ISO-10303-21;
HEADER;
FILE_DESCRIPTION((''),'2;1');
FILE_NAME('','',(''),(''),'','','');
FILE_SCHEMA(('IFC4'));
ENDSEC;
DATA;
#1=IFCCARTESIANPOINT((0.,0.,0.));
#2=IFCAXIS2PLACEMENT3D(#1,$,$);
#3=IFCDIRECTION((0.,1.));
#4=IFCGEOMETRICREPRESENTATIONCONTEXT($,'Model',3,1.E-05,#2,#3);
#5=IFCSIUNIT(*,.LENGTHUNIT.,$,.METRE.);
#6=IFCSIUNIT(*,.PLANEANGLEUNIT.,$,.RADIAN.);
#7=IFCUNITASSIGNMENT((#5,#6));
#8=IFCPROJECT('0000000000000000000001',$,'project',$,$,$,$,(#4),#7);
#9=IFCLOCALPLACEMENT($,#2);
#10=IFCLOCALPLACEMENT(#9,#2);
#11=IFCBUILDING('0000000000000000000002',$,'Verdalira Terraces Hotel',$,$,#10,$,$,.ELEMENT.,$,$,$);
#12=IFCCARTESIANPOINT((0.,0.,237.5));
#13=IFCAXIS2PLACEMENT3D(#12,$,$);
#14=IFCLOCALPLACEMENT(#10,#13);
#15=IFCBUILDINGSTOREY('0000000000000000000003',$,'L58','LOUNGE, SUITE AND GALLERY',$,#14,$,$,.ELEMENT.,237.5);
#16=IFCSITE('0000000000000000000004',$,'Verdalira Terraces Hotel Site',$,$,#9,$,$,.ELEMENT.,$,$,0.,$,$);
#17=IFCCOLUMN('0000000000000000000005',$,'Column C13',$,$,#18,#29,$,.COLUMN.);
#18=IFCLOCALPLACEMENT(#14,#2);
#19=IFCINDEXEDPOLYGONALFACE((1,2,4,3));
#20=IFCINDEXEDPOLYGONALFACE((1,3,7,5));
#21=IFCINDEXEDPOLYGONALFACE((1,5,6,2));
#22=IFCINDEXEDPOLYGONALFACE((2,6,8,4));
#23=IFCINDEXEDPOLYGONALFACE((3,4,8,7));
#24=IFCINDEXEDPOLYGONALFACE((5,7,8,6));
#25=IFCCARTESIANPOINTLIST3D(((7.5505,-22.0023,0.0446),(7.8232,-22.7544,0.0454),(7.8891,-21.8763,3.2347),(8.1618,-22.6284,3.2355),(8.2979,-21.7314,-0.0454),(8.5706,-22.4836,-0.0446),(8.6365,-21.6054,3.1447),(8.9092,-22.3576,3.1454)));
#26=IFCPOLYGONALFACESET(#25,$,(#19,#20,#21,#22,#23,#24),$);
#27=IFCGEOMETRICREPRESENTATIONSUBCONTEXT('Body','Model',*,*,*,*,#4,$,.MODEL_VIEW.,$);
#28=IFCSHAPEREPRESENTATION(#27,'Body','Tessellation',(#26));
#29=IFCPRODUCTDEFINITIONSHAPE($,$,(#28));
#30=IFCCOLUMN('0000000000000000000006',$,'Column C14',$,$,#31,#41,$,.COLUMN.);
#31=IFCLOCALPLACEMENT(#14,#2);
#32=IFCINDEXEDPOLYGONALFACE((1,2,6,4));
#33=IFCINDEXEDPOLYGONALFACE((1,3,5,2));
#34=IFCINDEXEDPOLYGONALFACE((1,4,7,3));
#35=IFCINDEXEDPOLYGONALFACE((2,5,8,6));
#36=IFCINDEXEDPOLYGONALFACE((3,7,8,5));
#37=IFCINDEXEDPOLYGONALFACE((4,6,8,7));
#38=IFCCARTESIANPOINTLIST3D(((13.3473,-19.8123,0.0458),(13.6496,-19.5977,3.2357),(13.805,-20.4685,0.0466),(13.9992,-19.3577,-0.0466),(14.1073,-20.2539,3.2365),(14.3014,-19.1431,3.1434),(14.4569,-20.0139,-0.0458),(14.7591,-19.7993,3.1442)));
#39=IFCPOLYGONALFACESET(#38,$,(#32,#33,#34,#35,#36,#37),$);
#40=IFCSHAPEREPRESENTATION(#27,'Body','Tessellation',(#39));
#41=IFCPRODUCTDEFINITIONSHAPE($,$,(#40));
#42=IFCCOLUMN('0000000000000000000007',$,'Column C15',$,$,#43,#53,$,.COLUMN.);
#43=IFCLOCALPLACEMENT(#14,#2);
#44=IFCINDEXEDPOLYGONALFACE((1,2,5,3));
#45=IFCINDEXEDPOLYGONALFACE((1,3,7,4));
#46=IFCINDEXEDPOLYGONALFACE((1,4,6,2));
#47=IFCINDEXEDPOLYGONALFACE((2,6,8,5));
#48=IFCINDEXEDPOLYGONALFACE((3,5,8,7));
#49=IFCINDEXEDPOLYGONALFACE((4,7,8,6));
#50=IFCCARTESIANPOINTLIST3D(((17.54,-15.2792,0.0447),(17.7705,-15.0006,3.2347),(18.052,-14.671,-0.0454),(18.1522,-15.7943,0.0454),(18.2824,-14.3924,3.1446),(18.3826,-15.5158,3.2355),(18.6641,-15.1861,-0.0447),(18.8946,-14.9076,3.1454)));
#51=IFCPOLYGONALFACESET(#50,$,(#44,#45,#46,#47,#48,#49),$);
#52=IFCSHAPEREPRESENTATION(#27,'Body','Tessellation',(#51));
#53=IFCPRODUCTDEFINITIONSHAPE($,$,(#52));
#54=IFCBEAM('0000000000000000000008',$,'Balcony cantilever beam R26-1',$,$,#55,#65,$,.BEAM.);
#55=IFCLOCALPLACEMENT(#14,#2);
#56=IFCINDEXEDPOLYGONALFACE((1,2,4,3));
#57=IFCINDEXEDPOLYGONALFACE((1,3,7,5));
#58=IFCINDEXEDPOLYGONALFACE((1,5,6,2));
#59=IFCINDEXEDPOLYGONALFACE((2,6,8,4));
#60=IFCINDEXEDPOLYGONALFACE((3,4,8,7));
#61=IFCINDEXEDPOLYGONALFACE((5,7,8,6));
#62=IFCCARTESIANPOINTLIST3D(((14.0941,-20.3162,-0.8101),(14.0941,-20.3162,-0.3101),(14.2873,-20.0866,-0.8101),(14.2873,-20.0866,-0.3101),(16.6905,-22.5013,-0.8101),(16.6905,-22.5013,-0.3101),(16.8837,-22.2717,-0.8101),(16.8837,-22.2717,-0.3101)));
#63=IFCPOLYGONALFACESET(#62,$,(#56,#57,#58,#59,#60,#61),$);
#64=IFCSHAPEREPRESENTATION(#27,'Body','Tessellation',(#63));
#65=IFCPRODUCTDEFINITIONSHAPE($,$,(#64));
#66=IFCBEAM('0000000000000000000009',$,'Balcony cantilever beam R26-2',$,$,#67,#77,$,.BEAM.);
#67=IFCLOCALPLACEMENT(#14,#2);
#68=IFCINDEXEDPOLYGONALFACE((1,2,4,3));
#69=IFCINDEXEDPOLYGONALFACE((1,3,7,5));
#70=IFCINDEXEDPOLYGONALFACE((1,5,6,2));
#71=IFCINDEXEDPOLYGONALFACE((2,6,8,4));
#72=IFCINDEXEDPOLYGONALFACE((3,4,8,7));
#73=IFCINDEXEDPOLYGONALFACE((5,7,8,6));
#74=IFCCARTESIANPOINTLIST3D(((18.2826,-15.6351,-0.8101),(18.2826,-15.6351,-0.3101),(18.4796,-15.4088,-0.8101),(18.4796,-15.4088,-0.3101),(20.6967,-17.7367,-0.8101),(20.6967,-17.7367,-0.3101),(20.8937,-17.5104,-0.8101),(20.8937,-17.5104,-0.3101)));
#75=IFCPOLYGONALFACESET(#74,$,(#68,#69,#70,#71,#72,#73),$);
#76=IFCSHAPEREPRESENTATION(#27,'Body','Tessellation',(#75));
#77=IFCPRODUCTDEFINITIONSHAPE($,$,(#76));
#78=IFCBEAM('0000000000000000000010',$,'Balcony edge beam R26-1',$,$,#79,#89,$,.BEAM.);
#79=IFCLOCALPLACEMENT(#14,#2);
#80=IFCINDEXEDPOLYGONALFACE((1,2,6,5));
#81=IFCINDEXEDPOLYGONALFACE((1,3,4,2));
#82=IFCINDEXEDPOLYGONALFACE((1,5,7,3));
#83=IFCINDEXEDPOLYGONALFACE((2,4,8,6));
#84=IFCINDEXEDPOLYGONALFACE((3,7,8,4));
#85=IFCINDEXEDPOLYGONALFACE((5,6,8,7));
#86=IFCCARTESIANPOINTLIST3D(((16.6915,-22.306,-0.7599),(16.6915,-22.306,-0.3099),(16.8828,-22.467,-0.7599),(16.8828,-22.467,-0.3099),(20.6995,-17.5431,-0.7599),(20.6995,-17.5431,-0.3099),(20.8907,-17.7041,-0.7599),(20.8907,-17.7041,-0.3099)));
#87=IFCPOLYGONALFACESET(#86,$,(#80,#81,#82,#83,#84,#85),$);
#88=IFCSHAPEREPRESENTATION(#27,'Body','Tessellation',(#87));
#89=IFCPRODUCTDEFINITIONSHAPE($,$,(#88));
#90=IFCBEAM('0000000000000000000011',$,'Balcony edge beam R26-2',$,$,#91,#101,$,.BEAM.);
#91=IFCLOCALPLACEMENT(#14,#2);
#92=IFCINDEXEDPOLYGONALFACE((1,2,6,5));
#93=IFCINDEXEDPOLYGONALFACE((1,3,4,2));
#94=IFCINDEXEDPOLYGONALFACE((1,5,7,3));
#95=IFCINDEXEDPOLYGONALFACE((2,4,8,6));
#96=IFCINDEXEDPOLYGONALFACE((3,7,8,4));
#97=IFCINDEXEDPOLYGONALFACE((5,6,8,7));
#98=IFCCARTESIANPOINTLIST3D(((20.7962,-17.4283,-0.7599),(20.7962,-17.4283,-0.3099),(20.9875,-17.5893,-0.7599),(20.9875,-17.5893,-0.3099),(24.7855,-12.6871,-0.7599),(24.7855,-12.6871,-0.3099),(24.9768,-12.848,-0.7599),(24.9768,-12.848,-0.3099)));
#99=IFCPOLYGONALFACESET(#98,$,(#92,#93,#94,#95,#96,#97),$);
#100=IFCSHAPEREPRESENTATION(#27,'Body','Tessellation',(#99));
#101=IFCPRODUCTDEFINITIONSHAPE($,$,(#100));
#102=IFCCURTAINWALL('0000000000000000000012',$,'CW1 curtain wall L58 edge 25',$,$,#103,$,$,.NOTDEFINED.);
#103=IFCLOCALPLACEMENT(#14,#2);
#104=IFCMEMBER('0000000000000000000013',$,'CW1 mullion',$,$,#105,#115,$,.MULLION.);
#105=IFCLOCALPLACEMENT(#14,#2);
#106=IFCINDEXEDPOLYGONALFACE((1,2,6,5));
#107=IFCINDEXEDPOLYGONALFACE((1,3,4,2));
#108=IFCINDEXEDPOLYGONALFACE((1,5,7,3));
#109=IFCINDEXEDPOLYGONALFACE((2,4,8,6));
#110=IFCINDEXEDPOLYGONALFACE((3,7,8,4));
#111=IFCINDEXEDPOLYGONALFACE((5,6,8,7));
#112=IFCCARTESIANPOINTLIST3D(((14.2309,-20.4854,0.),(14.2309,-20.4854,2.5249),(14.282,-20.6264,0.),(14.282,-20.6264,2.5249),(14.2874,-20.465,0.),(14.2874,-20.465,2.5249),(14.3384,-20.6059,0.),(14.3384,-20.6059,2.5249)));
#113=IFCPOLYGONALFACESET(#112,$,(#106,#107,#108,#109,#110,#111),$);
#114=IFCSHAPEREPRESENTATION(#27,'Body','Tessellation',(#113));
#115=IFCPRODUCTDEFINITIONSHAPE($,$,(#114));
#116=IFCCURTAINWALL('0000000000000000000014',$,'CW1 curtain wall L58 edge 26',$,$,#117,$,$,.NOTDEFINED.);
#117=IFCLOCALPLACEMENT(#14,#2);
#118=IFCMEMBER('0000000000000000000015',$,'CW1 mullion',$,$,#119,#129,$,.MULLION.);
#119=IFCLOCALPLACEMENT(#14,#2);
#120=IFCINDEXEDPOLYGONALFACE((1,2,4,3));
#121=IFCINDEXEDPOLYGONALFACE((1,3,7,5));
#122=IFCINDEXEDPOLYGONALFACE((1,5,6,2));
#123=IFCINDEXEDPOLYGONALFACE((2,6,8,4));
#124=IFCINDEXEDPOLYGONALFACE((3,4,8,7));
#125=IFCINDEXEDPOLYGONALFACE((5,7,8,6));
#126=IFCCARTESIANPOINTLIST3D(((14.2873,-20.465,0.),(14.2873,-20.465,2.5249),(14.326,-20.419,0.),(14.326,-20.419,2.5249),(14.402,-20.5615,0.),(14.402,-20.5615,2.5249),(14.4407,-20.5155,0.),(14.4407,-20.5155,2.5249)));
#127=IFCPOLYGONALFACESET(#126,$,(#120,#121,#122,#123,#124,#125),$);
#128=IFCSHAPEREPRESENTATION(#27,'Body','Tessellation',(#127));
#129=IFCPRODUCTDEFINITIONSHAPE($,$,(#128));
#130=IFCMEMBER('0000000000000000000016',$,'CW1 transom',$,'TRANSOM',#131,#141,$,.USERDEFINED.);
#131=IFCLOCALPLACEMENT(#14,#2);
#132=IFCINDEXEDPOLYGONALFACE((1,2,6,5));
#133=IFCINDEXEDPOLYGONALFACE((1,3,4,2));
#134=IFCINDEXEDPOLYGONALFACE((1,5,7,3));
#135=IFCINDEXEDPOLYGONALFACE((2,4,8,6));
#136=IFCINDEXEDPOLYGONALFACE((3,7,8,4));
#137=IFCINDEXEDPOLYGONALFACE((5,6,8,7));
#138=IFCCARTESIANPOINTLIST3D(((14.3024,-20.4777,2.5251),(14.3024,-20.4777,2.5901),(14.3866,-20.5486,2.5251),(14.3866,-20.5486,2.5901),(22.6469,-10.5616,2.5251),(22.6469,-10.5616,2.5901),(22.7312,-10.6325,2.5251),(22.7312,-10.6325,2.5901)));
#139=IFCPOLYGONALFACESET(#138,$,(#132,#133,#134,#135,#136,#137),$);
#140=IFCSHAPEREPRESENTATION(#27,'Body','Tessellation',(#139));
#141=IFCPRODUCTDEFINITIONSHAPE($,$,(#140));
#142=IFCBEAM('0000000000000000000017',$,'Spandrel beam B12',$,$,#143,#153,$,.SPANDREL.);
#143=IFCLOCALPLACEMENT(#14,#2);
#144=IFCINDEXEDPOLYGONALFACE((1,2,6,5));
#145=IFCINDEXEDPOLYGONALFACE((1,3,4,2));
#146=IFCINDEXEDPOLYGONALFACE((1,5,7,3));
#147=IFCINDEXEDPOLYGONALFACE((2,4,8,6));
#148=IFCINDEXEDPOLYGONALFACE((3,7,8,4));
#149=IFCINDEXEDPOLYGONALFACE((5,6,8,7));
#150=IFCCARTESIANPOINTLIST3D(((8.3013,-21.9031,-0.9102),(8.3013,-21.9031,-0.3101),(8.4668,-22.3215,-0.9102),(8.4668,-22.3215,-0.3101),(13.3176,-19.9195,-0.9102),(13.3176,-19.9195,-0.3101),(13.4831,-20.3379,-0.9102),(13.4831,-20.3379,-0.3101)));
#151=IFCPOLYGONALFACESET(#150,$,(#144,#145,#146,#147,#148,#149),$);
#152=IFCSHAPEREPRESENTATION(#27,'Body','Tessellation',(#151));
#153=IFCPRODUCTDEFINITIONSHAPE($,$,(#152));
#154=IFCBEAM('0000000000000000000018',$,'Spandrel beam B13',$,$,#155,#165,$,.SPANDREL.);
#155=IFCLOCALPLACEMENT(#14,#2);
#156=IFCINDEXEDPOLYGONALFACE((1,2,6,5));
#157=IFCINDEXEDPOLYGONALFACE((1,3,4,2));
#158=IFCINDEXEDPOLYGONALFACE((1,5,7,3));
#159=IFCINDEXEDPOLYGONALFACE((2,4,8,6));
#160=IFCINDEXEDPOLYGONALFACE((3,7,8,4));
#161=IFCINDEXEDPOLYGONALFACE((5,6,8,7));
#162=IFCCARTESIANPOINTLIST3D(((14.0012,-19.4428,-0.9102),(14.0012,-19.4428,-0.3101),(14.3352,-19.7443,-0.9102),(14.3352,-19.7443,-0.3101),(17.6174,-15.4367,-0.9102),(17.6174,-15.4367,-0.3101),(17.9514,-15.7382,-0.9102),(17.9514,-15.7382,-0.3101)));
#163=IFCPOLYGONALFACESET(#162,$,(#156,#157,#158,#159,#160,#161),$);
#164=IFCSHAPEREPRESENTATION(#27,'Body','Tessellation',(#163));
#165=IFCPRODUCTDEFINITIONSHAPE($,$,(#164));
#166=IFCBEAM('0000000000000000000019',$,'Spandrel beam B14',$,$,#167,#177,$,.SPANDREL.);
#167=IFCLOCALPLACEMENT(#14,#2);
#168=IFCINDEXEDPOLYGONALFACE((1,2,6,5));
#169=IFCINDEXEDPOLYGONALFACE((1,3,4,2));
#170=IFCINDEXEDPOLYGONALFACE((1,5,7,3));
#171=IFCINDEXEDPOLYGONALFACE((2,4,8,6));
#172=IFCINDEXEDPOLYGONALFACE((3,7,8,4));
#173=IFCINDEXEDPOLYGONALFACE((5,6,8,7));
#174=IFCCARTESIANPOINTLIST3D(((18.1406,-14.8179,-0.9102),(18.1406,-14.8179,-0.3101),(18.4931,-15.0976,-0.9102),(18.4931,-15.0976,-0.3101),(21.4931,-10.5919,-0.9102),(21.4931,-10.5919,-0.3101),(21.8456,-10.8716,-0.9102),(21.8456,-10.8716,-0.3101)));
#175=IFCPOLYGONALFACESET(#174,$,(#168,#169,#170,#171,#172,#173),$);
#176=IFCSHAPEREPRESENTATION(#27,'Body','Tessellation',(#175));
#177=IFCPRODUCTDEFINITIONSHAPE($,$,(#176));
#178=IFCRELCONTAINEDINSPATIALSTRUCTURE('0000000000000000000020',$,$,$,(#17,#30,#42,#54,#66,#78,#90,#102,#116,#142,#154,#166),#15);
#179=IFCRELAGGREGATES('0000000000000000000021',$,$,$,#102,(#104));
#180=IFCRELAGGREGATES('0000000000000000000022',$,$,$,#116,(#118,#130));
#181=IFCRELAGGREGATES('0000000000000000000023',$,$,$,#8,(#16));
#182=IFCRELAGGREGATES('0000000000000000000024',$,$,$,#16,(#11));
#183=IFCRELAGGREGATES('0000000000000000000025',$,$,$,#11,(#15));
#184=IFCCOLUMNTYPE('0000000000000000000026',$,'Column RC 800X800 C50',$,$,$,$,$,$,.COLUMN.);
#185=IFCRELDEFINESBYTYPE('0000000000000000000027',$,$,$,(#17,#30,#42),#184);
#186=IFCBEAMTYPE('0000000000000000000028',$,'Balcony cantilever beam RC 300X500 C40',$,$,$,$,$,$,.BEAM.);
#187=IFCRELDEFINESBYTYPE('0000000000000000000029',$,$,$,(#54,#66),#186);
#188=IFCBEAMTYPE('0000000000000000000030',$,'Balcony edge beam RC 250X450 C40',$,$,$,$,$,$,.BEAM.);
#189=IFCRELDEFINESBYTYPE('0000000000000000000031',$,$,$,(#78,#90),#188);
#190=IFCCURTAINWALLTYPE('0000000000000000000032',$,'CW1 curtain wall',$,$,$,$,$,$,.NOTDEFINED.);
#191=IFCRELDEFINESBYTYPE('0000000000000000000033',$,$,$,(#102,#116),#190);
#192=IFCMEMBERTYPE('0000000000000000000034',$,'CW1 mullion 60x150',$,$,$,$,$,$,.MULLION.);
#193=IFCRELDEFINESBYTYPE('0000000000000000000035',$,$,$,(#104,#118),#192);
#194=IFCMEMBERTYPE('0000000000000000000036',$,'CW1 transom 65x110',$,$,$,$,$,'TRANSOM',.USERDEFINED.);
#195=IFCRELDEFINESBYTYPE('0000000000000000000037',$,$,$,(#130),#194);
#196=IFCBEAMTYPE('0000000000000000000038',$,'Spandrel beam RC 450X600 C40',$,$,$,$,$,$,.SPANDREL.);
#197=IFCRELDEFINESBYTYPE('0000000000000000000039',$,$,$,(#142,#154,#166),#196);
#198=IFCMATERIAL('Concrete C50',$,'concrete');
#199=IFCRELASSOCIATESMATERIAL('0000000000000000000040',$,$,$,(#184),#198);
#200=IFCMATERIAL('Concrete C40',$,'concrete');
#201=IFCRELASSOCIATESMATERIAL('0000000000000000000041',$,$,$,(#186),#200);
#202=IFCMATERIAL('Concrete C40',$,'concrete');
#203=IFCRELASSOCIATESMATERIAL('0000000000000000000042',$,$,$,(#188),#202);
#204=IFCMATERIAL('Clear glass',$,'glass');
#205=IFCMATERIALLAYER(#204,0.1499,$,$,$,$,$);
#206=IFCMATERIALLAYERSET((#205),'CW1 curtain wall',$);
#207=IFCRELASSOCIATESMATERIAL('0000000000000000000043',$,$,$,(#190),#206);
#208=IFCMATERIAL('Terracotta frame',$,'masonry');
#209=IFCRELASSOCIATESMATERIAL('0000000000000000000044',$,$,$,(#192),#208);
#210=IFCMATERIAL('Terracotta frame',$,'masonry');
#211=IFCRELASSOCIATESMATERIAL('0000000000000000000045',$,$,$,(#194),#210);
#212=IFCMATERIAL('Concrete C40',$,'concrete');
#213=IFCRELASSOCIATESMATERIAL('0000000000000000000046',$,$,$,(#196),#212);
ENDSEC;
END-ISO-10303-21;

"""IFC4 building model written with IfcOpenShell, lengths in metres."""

from ifc_helpers import new_model, si_unit, direction, frame, origin, origin_2d, place, context, subcontext, project, spatial, rectangle, extrude, material, layer, layer_set, material_profile, profile_set, type_object, element, aggregate, save


model = new_model("IFC4")

# Units and contexts
model_context = context("Model", 3, precision=1e-05, world=origin(), true_north=direction((0.0, 1.0)))
body_context = subcontext(model_context, "Body", "Model", "MODEL_VIEW")
ifc_project = project(units=[si_unit("LENGTHUNIT", "METRE"), si_unit("PLANEANGLEUNIT", "RADIAN")], contexts=[model_context])

# Site, building, storey
site_placement = place(None, origin())
site = spatial("IfcSite", under=ifc_project, at=site_placement, Name="Verdalira Terraces Hotel Site", CompositionType="ELEMENT", RefElevation=0.0)
building_placement = place(site_placement, origin())
building = spatial("IfcBuilding", under=site, at=building_placement, Name="Verdalira Terraces Hotel", CompositionType="ELEMENT")
storey_placement = place(building_placement, frame((0.0, 0.0, 237.5)))
storey = spatial("IfcBuildingStorey", under=building, at=storey_placement, Name="L58", Description="LOUNGE, SUITE AND GALLERY", CompositionType="ELEMENT", Elevation=237.5)

# Columns
ifc_material_1 = material(Name="Concrete C50", Category="concrete")
ifc_material_profile_1 = material_profile(ifc_material_1, rectangle(XDim=0.8, YDim=0.8, at=origin_2d()), Name="RC 800X800")
ifc_profile_set_1 = profile_set([ifc_material_profile_1], Name="Concrete C50")
column_type = type_object("IfcColumnType", Name="Column RC 800X800 C50", PredefinedType="COLUMN", material=ifc_profile_set_1)
column_1_placement = place(storey_placement, frame((8.0605, -22.2429, 0.0), z_axis=(0.105479, 0.039241, 0.993647), x_axis=(0.934195, 0.338549, -0.112538)))
element("IfcColumn", 1, at=column_1_placement, inside=storey, type_object=column_type, Name="Column C13", PredefinedType="COLUMN", context=body_context, shape_type="SweptSolid", body=[
    extrude(rectangle(XDim=0.8, YDim=0.8, at=origin_2d()), origin(), (0.0, 0.0, 1.0), 3.2104),
])
column_2_placement = place(storey_placement, frame((13.9021, -19.9131, 0.0), z_axis=(0.094116, 0.066824, 0.993316), x_axis=(-0.81478, -0.568164, 0.115423)))
element("IfcColumn", 2, at=column_2_placement, inside=storey, type_object=column_type, Name="Column C14", PredefinedType="COLUMN", context=body_context, shape_type="SweptSolid", body=[
    extrude(rectangle(XDim=0.8, YDim=0.8, at=origin_2d()), origin(), (0.0, 0.0, 1.0), 3.2114),
])
column_3_placement = place(storey_placement, frame((18.1021, -15.2327, 0.0), z_axis=(0.071789, 0.08677, 0.993638), x_axis=(0.639876, 0.760182, -0.112614)))
element("IfcColumn", 3, at=column_3_placement, inside=storey, type_object=column_type, Name="Column C15", PredefinedType="COLUMN", context=body_context, shape_type="SweptSolid", body=[
    extrude(rectangle(XDim=0.8, YDim=0.8, at=origin_2d()), origin(), (0.0, 0.0, 1.0), 3.2104),
])

# Beams
ifc_material_2 = material(Name="Concrete C40", Category="concrete")
ifc_material_profile_2 = material_profile(ifc_material_2, rectangle(XDim=0.3, YDim=0.5, at=origin_2d()), Name="RC 300X500")
ifc_profile_set_2 = profile_set([ifc_material_profile_2], Name="Concrete C40")
beam_type_1 = type_object("IfcBeamType", Name="Balcony cantilever beam RC 300X500 C40", PredefinedType="BEAM", material=ifc_profile_set_2)
beam_1_placement = place(storey_placement, frame((14.1907, -20.2014, -0.5601), z_axis=(0.765116, -0.643892, 0.0), x_axis=(0.643892, 0.765116, 0.0)))
element("IfcBeam", 4, at=beam_1_placement, inside=storey, type_object=beam_type_1, Name="Balcony cantilever beam R26-1", PredefinedType="BEAM", context=body_context, shape_type="SweptSolid", body=[
    extrude(rectangle(XDim=0.3, YDim=0.5, at=origin_2d()), origin(), (0.0, 0.0, 1.0), 3.3936),
])
beam_2_placement = place(storey_placement, frame((18.3811, -15.522, -0.5601), z_axis=(0.754238, -0.656602, 0.0), x_axis=(0.656602, 0.754238, 0.0)))
element("IfcBeam", 5, at=beam_2_placement, inside=storey, type_object=beam_type_1, Name="Balcony cantilever beam R26-2", PredefinedType="BEAM", context=body_context, shape_type="SweptSolid", body=[
    extrude(rectangle(XDim=0.3, YDim=0.5, at=origin_2d()), origin(), (0.0, 0.0, 1.0), 3.2007),
])
ifc_material_3 = material(Name="Concrete C40", Category="concrete")
ifc_material_profile_3 = material_profile(ifc_material_3, rectangle(XDim=0.25, YDim=0.45, at=origin_2d()), Name="RC 250X450")
ifc_profile_set_3 = profile_set([ifc_material_profile_3], Name="Concrete C40")
beam_type_2 = type_object("IfcBeamType", Name="Balcony edge beam RC 250X450 C40", PredefinedType="BEAM", material=ifc_profile_set_3)
beam_3_placement = place(storey_placement, frame((16.7871, -22.3865, -0.5349), z_axis=(0.643869, 0.765136, 0.0), x_axis=(-0.765136, 0.643869, 0.0)))
element("IfcBeam", 6, at=beam_3_placement, inside=storey, type_object=beam_type_2, Name="Balcony edge beam R26-1", PredefinedType="BEAM", context=body_context, shape_type="SweptSolid", body=[
    extrude(rectangle(XDim=0.25, YDim=0.45, at=origin_2d()), origin(), (0.0, 0.0, 1.0), 6.2249),
])
beam_4_placement = place(storey_placement, frame((20.8918, -17.5088, -0.5349), z_axis=(0.64382, 0.765177, 0.0), x_axis=(-0.765177, 0.64382, 0.0)))
element("IfcBeam", 7, at=beam_4_placement, inside=storey, type_object=beam_type_2, Name="Balcony edge beam R26-2", PredefinedType="BEAM", context=body_context, shape_type="SweptSolid", body=[
    extrude(rectangle(XDim=0.25, YDim=0.45, at=origin_2d()), origin(), (0.0, 0.0, 1.0), 6.1963),
])

# Curtain wall, member
ifc_material_4 = material(Name="Clear glass", Category="glass")
ifc_layer_1 = layer(ifc_material_4, 0.1499)
ifc_layer_set_1 = layer_set([ifc_layer_1], Name="CW1 curtain wall")
curtain_wall_type = type_object("IfcCurtainWallType", Name="CW1 curtain wall", PredefinedType="NOTDEFINED", material=ifc_layer_set_1)
curtain_wall_1_placement = place(storey_placement, origin())
curtain_wall_1 = element("IfcCurtainWall", 8, at=curtain_wall_1_placement, inside=storey, type_object=curtain_wall_type, Name="CW1 curtain wall L58 edge 25", PredefinedType="NOTDEFINED")
ifc_material_5 = material(Name="Terracotta frame", Category="masonry")
ifc_material_profile_4 = material_profile(ifc_material_5, rectangle(XDim=0.0601, YDim=0.1499, at=origin_2d()), Name="MU 60x150")
ifc_profile_set_4 = profile_set([ifc_material_profile_4], Name="Terracotta frame")
member_type_1 = type_object("IfcMemberType", Name="CW1 mullion 60x150", PredefinedType="MULLION", material=ifc_profile_set_4)
member_1_placement = place(storey_placement, frame((14.2847, -20.5457, 0.0), z_axis=(0.0, 0.0, 1.0), x_axis=(0.940169, 0.340708, 0.0)))
member_1 = element("IfcMember", 9, at=member_1_placement, type_object=member_type_1, Name="CW1 mullion", PredefinedType="MULLION", context=body_context, shape_type="SweptSolid", body=[
    extrude(rectangle(XDim=0.0601, YDim=0.1499, at=origin_2d()), origin(), (0.0, 0.0, 1.0), 2.5249),
])

# Curtain wall, members
curtain_wall_2_placement = place(storey_placement, origin())
curtain_wall_2 = element("IfcCurtainWall", 10, at=curtain_wall_2_placement, inside=storey, type_object=curtain_wall_type, Name="CW1 curtain wall L58 edge 26", PredefinedType="NOTDEFINED")
member_2_placement = place(storey_placement, frame((14.364, -20.4902, 0.0), z_axis=(0.0, 0.0, 1.0), x_axis=(0.643857, 0.765146, 0.0)))
member_2 = element("IfcMember", 11, at=member_2_placement, type_object=member_type_1, Name="CW1 mullion", PredefinedType="MULLION", context=body_context, shape_type="SweptSolid", body=[
    extrude(rectangle(XDim=0.0601, YDim=0.1499, at=origin_2d()), origin(), (0.0, 0.0, 1.0), 2.5249),
])
ifc_material_6 = material(Name="Terracotta frame", Category="masonry")
ifc_material_profile_5 = material_profile(ifc_material_6, rectangle(XDim=0.1101, YDim=0.0649, at=origin_2d()), Name="TR 65x110")
ifc_profile_set_5 = profile_set([ifc_material_profile_5], Name="Terracotta frame")
member_type_2 = type_object("IfcMemberType", Name="CW1 transom 65x110", ElementType="TRANSOM", PredefinedType="USERDEFINED", material=ifc_profile_set_5)
member_3_placement = place(storey_placement, frame((14.3445, -20.5132, 2.5576), z_axis=(0.643872, 0.765133, 0.0), x_axis=(-0.765133, 0.643872, 0.0)))
member_3 = element("IfcMember", 12, at=member_3_placement, type_object=member_type_2, Name="CW1 transom", ObjectType="TRANSOM", PredefinedType="USERDEFINED", context=body_context, shape_type="SweptSolid", body=[
    extrude(rectangle(XDim=0.1101, YDim=0.0649, at=origin_2d()), origin(), (0.0, 0.0, 1.0), 12.96),
])

# Beams
ifc_material_7 = material(Name="Concrete C40", Category="concrete")
ifc_material_profile_6 = material_profile(ifc_material_7, rectangle(XDim=0.45, YDim=0.6001, at=origin_2d()), Name="RC 450X600")
ifc_profile_set_6 = profile_set([ifc_material_profile_6], Name="Concrete C40")
beam_type_3 = type_object("IfcBeamType", Name="Spandrel beam RC 450X600 C40", PredefinedType="SPANDREL", material=ifc_profile_set_6)
beam_5_placement = place(storey_placement, frame((8.384, -22.1123, -0.6101), z_axis=(0.929933, 0.367728, 0.0), x_axis=(-0.367728, 0.929933, 0.0)))
element("IfcBeam", 13, at=beam_5_placement, inside=storey, type_object=beam_type_3, Name="Spandrel beam B12", PredefinedType="SPANDREL", context=body_context, shape_type="SweptSolid", body=[
    extrude(rectangle(XDim=0.45, YDim=0.6001, at=origin_2d()), origin(), (0.0, 0.0, 1.0), 5.3943),
])
beam_6_placement = place(storey_placement, frame((14.1682, -19.5935, -0.6101), z_axis=(0.670061, 0.742306, 0.0), x_axis=(-0.742306, 0.670061, 0.0)))
element("IfcBeam", 14, at=beam_6_placement, inside=storey, type_object=beam_type_3, Name="Spandrel beam B13", PredefinedType="SPANDREL", context=body_context, shape_type="SweptSolid", body=[
    extrude(rectangle(XDim=0.45, YDim=0.6001, at=origin_2d()), origin(), (0.0, 0.0, 1.0), 5.3967),
])
beam_7_placement = place(storey_placement, frame((18.3169, -14.9578, -0.6101), z_axis=(0.621489, 0.783423, 0.0), x_axis=(-0.783423, 0.621489, 0.0)))
element("IfcBeam", 15, at=beam_7_placement, inside=storey, type_object=beam_type_3, Name="Spandrel beam B14", PredefinedType="SPANDREL", context=body_context, shape_type="SweptSolid", body=[
    extrude(rectangle(XDim=0.45, YDim=0.6001, at=origin_2d()), origin(), (0.0, 0.0, 1.0), 5.3943),
])

aggregate(curtain_wall_1, [member_1])
aggregate(curtain_wall_2, [member_2, member_3])

save(model, "model.ifc")
